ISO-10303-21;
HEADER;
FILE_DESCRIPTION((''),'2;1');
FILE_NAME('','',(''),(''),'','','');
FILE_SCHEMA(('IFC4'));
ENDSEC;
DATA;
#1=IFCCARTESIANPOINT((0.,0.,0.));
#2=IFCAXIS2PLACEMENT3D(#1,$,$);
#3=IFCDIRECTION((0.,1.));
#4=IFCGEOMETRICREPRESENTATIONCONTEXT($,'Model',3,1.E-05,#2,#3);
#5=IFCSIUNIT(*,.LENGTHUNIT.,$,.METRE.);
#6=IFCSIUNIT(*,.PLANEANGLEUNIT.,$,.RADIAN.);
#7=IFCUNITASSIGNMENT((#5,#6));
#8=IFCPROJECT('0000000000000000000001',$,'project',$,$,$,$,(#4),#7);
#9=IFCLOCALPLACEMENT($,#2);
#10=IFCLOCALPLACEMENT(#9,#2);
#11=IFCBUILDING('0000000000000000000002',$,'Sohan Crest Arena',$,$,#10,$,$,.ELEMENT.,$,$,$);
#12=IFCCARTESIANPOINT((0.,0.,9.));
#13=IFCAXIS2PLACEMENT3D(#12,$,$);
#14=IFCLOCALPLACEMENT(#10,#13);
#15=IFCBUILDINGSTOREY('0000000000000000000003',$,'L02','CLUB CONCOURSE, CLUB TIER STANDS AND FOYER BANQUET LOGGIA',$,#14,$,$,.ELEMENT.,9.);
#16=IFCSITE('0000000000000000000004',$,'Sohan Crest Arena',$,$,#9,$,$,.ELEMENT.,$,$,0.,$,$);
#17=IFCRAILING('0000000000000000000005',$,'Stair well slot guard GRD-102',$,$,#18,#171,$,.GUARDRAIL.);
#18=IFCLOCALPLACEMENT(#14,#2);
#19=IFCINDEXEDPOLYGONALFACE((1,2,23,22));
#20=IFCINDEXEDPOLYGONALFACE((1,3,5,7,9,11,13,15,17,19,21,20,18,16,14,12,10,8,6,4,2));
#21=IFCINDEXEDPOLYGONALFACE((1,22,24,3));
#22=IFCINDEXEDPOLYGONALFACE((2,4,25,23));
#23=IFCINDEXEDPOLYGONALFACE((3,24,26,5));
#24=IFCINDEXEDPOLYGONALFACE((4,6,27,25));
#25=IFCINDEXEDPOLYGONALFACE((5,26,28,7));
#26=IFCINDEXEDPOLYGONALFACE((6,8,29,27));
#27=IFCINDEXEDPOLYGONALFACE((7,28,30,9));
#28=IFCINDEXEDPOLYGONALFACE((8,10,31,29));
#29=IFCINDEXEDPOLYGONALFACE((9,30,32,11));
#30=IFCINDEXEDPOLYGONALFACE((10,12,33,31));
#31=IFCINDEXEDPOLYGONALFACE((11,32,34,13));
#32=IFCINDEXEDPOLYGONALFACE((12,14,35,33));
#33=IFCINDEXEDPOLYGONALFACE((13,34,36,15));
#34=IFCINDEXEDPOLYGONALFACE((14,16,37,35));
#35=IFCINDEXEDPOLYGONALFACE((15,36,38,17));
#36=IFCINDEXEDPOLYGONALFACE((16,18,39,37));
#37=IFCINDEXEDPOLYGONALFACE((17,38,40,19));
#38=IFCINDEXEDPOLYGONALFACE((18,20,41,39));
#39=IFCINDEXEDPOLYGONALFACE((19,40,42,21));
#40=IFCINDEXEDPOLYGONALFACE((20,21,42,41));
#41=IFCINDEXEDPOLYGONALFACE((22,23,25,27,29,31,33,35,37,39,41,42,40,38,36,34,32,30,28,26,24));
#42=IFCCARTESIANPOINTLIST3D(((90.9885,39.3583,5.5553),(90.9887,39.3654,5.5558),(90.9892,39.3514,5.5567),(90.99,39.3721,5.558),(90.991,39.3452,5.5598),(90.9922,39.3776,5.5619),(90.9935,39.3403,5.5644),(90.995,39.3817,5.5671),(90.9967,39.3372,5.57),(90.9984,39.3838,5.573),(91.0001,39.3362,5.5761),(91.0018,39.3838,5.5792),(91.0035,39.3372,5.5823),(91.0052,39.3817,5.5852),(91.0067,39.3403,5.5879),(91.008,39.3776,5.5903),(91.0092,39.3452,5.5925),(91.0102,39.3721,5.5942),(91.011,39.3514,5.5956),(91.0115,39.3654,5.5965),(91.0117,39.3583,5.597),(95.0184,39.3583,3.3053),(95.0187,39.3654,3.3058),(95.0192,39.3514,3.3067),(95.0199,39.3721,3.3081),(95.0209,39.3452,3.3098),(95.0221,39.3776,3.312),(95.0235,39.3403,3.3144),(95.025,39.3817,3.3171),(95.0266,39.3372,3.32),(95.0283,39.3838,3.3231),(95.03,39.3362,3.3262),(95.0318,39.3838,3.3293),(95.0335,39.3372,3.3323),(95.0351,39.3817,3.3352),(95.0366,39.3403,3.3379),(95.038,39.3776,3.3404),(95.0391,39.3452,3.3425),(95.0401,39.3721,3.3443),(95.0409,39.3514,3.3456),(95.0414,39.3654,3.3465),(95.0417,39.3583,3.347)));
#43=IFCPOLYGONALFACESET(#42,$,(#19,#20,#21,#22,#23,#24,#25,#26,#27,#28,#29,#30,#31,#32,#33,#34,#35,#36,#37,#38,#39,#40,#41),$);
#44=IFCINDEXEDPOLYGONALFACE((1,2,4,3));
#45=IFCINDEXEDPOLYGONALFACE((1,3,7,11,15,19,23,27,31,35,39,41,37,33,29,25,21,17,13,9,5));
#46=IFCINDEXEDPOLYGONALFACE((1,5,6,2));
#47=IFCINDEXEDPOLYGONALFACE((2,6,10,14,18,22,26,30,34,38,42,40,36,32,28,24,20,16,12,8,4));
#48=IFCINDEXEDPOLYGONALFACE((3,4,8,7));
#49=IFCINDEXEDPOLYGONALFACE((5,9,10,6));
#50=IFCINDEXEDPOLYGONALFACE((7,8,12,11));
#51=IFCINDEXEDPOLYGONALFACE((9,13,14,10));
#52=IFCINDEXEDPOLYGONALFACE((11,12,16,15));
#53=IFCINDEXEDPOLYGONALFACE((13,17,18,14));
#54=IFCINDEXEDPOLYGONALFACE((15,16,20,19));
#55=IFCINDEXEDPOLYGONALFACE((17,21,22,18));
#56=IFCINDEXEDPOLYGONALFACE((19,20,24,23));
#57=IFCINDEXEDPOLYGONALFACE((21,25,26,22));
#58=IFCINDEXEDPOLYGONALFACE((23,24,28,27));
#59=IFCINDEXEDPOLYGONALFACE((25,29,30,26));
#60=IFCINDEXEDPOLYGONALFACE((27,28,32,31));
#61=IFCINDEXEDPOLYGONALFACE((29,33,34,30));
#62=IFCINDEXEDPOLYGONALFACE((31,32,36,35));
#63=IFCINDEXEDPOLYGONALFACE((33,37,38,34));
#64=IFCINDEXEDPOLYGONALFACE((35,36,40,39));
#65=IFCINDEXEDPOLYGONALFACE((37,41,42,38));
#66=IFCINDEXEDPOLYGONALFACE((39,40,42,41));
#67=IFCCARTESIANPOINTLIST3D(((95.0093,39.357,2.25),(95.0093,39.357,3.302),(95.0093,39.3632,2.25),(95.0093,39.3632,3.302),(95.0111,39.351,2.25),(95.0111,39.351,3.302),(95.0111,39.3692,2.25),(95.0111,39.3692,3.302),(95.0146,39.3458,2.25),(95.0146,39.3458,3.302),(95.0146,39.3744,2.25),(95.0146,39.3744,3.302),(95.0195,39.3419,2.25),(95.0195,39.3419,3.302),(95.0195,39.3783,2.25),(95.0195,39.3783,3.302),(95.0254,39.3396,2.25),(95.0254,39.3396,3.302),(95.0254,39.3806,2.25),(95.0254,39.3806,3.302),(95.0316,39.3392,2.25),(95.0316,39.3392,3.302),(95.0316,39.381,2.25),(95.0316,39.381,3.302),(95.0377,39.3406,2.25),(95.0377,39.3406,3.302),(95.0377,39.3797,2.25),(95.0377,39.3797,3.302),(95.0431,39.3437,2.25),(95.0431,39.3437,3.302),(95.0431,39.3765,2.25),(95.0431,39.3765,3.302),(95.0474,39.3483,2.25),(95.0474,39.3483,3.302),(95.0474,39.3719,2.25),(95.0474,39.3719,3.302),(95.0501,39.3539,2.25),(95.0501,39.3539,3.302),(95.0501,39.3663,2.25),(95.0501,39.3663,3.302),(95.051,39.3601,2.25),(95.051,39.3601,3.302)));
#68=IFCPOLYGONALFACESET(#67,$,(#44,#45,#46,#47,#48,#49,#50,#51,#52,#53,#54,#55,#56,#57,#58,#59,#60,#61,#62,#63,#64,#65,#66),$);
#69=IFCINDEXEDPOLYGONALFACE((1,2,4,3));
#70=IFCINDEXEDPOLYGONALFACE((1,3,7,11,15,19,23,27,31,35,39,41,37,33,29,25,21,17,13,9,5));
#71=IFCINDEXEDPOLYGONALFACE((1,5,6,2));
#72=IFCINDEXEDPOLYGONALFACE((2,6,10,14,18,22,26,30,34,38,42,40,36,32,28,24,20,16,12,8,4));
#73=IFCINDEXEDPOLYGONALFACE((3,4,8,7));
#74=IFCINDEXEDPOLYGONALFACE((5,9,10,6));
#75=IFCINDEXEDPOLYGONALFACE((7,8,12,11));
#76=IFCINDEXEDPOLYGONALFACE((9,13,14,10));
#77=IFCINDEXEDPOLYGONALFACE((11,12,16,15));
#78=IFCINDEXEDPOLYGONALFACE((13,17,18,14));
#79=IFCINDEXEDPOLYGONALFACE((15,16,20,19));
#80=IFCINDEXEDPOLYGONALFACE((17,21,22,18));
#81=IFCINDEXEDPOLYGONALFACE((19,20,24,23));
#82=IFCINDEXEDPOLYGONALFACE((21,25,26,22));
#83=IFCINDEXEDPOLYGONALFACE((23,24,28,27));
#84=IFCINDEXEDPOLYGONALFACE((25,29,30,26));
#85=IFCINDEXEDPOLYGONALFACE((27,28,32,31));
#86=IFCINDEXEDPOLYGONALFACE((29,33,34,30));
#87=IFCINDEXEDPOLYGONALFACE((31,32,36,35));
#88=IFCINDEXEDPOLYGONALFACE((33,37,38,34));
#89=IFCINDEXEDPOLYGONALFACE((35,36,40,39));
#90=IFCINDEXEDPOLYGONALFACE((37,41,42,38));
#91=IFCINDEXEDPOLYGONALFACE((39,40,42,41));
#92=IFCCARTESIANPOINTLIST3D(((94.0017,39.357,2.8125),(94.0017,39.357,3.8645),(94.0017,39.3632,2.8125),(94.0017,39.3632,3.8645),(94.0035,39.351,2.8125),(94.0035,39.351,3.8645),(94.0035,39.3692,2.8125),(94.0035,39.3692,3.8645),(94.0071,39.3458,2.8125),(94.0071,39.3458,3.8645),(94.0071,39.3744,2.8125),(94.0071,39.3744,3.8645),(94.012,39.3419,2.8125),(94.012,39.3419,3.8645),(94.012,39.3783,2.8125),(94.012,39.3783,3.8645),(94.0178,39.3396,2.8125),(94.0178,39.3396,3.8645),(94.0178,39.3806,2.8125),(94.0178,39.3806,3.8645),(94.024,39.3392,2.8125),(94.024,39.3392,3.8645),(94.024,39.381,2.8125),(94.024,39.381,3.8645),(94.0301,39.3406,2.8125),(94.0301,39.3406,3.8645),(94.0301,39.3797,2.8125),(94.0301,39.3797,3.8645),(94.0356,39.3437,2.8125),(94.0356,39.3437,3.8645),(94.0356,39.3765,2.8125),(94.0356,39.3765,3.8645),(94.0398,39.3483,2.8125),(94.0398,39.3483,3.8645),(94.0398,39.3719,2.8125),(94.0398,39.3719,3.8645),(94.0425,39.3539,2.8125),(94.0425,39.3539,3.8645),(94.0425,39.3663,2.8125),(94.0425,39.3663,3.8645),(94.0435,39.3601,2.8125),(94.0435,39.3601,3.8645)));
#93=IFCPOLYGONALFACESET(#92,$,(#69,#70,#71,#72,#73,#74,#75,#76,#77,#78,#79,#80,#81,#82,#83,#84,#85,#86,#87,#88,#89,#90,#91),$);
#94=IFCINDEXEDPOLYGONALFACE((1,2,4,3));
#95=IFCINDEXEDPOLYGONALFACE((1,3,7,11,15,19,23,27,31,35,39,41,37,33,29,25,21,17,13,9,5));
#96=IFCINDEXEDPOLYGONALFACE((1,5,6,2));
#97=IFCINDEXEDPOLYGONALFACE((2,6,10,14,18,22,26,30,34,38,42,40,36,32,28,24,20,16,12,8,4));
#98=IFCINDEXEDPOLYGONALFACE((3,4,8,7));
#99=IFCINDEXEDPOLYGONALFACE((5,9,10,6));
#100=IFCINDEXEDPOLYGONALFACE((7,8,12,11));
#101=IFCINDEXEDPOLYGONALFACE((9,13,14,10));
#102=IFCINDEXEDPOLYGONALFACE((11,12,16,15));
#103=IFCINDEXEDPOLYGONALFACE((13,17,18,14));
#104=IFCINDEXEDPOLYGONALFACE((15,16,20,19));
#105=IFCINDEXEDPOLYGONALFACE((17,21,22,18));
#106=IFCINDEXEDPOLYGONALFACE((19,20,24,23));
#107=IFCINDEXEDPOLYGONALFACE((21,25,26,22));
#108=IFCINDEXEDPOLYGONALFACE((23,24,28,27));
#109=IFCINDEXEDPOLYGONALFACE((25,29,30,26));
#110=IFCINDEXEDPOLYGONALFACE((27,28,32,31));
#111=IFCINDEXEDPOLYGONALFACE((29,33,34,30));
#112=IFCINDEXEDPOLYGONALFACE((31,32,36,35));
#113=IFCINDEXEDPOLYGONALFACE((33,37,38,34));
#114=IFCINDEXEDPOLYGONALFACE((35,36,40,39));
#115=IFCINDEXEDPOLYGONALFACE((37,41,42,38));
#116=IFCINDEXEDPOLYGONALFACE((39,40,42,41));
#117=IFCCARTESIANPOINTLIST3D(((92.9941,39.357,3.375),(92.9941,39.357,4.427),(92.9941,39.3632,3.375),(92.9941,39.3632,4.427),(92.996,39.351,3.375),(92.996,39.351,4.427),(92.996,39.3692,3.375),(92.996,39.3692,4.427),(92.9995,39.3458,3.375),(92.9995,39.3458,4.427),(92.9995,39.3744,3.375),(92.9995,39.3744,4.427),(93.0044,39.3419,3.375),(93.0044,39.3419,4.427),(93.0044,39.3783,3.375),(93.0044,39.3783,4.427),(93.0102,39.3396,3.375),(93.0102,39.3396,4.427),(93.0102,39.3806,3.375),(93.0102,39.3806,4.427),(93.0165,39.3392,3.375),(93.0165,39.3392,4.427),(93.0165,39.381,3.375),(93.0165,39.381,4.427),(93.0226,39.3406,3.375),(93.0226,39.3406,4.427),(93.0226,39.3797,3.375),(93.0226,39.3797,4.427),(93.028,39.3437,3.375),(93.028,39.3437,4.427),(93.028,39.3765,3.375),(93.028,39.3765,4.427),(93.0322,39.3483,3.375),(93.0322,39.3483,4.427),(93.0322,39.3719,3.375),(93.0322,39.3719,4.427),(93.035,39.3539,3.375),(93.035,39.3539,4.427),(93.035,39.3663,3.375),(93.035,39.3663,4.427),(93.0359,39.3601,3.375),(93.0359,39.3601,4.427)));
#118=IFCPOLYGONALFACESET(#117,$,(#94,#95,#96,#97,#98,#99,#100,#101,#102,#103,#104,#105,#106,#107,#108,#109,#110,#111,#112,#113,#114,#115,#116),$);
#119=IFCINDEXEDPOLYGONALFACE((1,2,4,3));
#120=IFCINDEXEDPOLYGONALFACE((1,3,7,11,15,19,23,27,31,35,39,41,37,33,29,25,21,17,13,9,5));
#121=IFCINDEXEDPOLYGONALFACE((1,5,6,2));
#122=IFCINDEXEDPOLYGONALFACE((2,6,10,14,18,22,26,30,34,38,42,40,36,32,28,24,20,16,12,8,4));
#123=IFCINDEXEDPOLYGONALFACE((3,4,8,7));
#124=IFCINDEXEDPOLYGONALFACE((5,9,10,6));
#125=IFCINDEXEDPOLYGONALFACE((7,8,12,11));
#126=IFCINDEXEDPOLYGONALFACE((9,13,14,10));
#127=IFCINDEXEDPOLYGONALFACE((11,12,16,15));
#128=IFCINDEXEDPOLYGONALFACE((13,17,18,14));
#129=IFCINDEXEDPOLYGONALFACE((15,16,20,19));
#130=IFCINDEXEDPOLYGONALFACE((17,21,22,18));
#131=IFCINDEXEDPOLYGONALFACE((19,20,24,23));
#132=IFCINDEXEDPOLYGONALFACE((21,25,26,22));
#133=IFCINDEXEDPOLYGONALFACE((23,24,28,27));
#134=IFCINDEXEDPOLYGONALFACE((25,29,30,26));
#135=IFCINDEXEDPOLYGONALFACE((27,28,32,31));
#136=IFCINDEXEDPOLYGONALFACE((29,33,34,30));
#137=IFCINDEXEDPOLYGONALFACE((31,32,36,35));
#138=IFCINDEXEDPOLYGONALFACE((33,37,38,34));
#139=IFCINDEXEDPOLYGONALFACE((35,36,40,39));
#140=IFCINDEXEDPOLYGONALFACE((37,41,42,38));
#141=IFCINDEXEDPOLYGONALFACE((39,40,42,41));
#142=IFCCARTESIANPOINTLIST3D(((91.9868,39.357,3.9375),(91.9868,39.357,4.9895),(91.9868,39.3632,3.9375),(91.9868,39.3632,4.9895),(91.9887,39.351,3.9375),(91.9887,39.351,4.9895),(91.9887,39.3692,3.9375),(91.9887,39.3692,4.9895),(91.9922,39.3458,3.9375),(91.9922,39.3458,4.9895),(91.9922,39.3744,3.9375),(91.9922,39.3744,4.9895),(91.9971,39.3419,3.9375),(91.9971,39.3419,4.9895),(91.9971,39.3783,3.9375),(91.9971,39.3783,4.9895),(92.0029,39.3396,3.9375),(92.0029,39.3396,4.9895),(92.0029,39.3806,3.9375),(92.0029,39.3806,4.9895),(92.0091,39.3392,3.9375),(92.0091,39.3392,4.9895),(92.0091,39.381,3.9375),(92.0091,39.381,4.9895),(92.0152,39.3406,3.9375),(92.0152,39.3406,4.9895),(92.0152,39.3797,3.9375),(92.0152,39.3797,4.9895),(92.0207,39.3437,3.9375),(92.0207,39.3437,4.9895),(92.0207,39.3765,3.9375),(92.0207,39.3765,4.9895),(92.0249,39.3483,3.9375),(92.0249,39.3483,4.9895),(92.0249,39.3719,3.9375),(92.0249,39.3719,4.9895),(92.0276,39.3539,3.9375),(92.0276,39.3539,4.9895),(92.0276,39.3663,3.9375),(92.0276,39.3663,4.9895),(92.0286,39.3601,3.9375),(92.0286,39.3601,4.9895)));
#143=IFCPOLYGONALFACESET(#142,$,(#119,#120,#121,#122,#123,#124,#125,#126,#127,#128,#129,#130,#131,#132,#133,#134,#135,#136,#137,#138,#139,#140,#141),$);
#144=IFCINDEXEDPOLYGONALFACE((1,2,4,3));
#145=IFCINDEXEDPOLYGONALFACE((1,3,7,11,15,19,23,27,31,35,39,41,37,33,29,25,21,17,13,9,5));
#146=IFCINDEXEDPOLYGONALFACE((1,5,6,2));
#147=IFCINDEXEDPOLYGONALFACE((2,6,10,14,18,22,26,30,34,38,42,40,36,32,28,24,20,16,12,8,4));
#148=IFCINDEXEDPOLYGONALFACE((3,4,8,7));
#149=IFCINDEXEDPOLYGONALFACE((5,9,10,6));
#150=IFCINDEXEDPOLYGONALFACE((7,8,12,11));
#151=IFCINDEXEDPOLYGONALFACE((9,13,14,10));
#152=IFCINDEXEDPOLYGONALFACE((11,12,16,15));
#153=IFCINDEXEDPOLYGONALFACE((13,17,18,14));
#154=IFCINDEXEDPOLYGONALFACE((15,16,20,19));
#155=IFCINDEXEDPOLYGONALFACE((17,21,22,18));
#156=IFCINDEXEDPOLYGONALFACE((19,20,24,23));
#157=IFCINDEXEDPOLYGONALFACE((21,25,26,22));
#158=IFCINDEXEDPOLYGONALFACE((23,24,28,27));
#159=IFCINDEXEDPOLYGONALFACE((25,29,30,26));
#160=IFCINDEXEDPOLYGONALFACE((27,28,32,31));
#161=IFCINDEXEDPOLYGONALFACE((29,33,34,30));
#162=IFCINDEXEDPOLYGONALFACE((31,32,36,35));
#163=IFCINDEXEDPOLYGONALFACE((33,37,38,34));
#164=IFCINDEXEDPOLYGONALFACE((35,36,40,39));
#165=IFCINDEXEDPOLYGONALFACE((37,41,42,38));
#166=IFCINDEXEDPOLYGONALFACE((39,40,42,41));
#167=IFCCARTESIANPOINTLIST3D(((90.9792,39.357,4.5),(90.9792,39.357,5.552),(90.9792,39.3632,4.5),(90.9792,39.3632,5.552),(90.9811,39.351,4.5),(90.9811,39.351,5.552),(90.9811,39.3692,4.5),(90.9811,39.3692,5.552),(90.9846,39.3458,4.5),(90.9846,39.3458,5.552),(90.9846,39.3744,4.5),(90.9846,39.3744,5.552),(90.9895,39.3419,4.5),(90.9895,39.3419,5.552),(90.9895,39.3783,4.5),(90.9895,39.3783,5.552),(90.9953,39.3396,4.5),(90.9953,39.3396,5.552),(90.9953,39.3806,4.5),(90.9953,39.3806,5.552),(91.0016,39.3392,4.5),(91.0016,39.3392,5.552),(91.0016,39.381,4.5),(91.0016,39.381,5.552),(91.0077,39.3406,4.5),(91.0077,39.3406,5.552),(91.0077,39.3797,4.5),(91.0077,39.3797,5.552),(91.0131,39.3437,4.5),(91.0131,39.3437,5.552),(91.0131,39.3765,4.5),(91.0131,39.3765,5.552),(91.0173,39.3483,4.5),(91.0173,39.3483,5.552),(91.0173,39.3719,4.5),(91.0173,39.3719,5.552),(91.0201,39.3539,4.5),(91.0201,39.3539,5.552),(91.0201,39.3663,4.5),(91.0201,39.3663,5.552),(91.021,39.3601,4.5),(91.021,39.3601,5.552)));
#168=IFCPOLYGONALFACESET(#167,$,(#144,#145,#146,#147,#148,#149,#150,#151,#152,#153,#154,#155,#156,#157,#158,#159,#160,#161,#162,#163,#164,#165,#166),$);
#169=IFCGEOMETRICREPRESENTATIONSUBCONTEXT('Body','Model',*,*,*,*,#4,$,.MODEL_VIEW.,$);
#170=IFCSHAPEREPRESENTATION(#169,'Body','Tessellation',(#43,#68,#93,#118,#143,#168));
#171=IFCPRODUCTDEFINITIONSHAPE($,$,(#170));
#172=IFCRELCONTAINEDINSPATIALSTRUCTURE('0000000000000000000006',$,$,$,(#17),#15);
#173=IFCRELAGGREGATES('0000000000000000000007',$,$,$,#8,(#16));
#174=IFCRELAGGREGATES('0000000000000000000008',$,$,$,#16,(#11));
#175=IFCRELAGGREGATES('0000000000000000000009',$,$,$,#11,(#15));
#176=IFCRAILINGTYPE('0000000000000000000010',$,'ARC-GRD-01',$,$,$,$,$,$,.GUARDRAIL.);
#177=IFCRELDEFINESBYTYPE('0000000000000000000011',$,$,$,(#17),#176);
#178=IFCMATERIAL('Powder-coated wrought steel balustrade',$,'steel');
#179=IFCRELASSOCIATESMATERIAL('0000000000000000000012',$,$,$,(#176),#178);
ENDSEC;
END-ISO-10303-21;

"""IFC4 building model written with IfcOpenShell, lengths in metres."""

from ifc_helpers import new_model, si_unit, direction, frame, origin, origin_2d, place, context, subcontext, project, spatial, circle, extrude, material, type_object, element, save


model = new_model("IFC4")

# Units and contexts
model_context = context("Model", 3, precision=1e-05, world=origin(), true_north=direction((0.0, 1.0)))
body_context = subcontext(model_context, "Body", "Model", "MODEL_VIEW")
ifc_project = project(units=[si_unit("LENGTHUNIT", "METRE"), si_unit("PLANEANGLEUNIT", "RADIAN")], contexts=[model_context])

# Site, building, storey
site_placement = place(None, origin())
site = spatial("IfcSite", under=ifc_project, at=site_placement, Name="Sohan Crest Arena", CompositionType="ELEMENT", RefElevation=0.0)
building_placement = place(site_placement, origin())
building = spatial("IfcBuilding", under=site, at=building_placement, Name="Sohan Crest Arena", CompositionType="ELEMENT")
storey_placement = place(building_placement, frame((0.0, 0.0, 9.0)))
storey = spatial("IfcBuildingStorey", under=building, at=storey_placement, Name="L02", Description="CLUB CONCOURSE, CLUB TIER STANDS AND FOYER BANQUET LOGGIA", CompositionType="ELEMENT", Elevation=9.0)

# Railing
ifc_material_1 = material(Name="Powder-coated wrought steel balustrade", Category="steel")
railing_type_1 = type_object("IfcRailingType", Name="ARC-GRD-01", PredefinedType="GUARDRAIL", material=ifc_material_1)
railing_1_placement = place(storey_placement, frame((95.03, 39.3601, 2.25)))
element("IfcRailing", 1, at=railing_1_placement, inside=storey, type_object=railing_type_1, Name="Stair well slot guard GRD-102", PredefinedType="GUARDRAIL", context=body_context, shape_type="SweptSolid", body=[
    extrude(circle(Radius=0.0239, at=origin_2d()), frame((0.0, 0.0, 1.0762), z_axis=(-0.873135, 0.0, 0.487479), x_axis=(0.0, -1.0, 0.0)), (0.0, 0.0, 1.0), 4.6155),
    extrude(circle(Radius=0.021, at=origin_2d()), origin(), (0.0, 0.0, 1.0), 1.052),
    extrude(circle(Radius=0.021, at=origin_2d()), frame((-1.0076, 0.0, 0.5625)), (0.0, 0.0, 1.0), 1.052),
    extrude(circle(Radius=0.021, at=origin_2d()), frame((-2.0151, 0.0, 1.125)), (0.0, 0.0, 1.0), 1.052),
    extrude(circle(Radius=0.021, at=origin_2d()), frame((-3.0225, 0.0, 1.6875)), (0.0, 0.0, 1.0), 1.052),
    extrude(circle(Radius=0.021, at=origin_2d()), frame((-4.03, 0.0, 2.25)), (0.0, 0.0, 1.0), 1.052),
])

save(model, "model.ifc")
